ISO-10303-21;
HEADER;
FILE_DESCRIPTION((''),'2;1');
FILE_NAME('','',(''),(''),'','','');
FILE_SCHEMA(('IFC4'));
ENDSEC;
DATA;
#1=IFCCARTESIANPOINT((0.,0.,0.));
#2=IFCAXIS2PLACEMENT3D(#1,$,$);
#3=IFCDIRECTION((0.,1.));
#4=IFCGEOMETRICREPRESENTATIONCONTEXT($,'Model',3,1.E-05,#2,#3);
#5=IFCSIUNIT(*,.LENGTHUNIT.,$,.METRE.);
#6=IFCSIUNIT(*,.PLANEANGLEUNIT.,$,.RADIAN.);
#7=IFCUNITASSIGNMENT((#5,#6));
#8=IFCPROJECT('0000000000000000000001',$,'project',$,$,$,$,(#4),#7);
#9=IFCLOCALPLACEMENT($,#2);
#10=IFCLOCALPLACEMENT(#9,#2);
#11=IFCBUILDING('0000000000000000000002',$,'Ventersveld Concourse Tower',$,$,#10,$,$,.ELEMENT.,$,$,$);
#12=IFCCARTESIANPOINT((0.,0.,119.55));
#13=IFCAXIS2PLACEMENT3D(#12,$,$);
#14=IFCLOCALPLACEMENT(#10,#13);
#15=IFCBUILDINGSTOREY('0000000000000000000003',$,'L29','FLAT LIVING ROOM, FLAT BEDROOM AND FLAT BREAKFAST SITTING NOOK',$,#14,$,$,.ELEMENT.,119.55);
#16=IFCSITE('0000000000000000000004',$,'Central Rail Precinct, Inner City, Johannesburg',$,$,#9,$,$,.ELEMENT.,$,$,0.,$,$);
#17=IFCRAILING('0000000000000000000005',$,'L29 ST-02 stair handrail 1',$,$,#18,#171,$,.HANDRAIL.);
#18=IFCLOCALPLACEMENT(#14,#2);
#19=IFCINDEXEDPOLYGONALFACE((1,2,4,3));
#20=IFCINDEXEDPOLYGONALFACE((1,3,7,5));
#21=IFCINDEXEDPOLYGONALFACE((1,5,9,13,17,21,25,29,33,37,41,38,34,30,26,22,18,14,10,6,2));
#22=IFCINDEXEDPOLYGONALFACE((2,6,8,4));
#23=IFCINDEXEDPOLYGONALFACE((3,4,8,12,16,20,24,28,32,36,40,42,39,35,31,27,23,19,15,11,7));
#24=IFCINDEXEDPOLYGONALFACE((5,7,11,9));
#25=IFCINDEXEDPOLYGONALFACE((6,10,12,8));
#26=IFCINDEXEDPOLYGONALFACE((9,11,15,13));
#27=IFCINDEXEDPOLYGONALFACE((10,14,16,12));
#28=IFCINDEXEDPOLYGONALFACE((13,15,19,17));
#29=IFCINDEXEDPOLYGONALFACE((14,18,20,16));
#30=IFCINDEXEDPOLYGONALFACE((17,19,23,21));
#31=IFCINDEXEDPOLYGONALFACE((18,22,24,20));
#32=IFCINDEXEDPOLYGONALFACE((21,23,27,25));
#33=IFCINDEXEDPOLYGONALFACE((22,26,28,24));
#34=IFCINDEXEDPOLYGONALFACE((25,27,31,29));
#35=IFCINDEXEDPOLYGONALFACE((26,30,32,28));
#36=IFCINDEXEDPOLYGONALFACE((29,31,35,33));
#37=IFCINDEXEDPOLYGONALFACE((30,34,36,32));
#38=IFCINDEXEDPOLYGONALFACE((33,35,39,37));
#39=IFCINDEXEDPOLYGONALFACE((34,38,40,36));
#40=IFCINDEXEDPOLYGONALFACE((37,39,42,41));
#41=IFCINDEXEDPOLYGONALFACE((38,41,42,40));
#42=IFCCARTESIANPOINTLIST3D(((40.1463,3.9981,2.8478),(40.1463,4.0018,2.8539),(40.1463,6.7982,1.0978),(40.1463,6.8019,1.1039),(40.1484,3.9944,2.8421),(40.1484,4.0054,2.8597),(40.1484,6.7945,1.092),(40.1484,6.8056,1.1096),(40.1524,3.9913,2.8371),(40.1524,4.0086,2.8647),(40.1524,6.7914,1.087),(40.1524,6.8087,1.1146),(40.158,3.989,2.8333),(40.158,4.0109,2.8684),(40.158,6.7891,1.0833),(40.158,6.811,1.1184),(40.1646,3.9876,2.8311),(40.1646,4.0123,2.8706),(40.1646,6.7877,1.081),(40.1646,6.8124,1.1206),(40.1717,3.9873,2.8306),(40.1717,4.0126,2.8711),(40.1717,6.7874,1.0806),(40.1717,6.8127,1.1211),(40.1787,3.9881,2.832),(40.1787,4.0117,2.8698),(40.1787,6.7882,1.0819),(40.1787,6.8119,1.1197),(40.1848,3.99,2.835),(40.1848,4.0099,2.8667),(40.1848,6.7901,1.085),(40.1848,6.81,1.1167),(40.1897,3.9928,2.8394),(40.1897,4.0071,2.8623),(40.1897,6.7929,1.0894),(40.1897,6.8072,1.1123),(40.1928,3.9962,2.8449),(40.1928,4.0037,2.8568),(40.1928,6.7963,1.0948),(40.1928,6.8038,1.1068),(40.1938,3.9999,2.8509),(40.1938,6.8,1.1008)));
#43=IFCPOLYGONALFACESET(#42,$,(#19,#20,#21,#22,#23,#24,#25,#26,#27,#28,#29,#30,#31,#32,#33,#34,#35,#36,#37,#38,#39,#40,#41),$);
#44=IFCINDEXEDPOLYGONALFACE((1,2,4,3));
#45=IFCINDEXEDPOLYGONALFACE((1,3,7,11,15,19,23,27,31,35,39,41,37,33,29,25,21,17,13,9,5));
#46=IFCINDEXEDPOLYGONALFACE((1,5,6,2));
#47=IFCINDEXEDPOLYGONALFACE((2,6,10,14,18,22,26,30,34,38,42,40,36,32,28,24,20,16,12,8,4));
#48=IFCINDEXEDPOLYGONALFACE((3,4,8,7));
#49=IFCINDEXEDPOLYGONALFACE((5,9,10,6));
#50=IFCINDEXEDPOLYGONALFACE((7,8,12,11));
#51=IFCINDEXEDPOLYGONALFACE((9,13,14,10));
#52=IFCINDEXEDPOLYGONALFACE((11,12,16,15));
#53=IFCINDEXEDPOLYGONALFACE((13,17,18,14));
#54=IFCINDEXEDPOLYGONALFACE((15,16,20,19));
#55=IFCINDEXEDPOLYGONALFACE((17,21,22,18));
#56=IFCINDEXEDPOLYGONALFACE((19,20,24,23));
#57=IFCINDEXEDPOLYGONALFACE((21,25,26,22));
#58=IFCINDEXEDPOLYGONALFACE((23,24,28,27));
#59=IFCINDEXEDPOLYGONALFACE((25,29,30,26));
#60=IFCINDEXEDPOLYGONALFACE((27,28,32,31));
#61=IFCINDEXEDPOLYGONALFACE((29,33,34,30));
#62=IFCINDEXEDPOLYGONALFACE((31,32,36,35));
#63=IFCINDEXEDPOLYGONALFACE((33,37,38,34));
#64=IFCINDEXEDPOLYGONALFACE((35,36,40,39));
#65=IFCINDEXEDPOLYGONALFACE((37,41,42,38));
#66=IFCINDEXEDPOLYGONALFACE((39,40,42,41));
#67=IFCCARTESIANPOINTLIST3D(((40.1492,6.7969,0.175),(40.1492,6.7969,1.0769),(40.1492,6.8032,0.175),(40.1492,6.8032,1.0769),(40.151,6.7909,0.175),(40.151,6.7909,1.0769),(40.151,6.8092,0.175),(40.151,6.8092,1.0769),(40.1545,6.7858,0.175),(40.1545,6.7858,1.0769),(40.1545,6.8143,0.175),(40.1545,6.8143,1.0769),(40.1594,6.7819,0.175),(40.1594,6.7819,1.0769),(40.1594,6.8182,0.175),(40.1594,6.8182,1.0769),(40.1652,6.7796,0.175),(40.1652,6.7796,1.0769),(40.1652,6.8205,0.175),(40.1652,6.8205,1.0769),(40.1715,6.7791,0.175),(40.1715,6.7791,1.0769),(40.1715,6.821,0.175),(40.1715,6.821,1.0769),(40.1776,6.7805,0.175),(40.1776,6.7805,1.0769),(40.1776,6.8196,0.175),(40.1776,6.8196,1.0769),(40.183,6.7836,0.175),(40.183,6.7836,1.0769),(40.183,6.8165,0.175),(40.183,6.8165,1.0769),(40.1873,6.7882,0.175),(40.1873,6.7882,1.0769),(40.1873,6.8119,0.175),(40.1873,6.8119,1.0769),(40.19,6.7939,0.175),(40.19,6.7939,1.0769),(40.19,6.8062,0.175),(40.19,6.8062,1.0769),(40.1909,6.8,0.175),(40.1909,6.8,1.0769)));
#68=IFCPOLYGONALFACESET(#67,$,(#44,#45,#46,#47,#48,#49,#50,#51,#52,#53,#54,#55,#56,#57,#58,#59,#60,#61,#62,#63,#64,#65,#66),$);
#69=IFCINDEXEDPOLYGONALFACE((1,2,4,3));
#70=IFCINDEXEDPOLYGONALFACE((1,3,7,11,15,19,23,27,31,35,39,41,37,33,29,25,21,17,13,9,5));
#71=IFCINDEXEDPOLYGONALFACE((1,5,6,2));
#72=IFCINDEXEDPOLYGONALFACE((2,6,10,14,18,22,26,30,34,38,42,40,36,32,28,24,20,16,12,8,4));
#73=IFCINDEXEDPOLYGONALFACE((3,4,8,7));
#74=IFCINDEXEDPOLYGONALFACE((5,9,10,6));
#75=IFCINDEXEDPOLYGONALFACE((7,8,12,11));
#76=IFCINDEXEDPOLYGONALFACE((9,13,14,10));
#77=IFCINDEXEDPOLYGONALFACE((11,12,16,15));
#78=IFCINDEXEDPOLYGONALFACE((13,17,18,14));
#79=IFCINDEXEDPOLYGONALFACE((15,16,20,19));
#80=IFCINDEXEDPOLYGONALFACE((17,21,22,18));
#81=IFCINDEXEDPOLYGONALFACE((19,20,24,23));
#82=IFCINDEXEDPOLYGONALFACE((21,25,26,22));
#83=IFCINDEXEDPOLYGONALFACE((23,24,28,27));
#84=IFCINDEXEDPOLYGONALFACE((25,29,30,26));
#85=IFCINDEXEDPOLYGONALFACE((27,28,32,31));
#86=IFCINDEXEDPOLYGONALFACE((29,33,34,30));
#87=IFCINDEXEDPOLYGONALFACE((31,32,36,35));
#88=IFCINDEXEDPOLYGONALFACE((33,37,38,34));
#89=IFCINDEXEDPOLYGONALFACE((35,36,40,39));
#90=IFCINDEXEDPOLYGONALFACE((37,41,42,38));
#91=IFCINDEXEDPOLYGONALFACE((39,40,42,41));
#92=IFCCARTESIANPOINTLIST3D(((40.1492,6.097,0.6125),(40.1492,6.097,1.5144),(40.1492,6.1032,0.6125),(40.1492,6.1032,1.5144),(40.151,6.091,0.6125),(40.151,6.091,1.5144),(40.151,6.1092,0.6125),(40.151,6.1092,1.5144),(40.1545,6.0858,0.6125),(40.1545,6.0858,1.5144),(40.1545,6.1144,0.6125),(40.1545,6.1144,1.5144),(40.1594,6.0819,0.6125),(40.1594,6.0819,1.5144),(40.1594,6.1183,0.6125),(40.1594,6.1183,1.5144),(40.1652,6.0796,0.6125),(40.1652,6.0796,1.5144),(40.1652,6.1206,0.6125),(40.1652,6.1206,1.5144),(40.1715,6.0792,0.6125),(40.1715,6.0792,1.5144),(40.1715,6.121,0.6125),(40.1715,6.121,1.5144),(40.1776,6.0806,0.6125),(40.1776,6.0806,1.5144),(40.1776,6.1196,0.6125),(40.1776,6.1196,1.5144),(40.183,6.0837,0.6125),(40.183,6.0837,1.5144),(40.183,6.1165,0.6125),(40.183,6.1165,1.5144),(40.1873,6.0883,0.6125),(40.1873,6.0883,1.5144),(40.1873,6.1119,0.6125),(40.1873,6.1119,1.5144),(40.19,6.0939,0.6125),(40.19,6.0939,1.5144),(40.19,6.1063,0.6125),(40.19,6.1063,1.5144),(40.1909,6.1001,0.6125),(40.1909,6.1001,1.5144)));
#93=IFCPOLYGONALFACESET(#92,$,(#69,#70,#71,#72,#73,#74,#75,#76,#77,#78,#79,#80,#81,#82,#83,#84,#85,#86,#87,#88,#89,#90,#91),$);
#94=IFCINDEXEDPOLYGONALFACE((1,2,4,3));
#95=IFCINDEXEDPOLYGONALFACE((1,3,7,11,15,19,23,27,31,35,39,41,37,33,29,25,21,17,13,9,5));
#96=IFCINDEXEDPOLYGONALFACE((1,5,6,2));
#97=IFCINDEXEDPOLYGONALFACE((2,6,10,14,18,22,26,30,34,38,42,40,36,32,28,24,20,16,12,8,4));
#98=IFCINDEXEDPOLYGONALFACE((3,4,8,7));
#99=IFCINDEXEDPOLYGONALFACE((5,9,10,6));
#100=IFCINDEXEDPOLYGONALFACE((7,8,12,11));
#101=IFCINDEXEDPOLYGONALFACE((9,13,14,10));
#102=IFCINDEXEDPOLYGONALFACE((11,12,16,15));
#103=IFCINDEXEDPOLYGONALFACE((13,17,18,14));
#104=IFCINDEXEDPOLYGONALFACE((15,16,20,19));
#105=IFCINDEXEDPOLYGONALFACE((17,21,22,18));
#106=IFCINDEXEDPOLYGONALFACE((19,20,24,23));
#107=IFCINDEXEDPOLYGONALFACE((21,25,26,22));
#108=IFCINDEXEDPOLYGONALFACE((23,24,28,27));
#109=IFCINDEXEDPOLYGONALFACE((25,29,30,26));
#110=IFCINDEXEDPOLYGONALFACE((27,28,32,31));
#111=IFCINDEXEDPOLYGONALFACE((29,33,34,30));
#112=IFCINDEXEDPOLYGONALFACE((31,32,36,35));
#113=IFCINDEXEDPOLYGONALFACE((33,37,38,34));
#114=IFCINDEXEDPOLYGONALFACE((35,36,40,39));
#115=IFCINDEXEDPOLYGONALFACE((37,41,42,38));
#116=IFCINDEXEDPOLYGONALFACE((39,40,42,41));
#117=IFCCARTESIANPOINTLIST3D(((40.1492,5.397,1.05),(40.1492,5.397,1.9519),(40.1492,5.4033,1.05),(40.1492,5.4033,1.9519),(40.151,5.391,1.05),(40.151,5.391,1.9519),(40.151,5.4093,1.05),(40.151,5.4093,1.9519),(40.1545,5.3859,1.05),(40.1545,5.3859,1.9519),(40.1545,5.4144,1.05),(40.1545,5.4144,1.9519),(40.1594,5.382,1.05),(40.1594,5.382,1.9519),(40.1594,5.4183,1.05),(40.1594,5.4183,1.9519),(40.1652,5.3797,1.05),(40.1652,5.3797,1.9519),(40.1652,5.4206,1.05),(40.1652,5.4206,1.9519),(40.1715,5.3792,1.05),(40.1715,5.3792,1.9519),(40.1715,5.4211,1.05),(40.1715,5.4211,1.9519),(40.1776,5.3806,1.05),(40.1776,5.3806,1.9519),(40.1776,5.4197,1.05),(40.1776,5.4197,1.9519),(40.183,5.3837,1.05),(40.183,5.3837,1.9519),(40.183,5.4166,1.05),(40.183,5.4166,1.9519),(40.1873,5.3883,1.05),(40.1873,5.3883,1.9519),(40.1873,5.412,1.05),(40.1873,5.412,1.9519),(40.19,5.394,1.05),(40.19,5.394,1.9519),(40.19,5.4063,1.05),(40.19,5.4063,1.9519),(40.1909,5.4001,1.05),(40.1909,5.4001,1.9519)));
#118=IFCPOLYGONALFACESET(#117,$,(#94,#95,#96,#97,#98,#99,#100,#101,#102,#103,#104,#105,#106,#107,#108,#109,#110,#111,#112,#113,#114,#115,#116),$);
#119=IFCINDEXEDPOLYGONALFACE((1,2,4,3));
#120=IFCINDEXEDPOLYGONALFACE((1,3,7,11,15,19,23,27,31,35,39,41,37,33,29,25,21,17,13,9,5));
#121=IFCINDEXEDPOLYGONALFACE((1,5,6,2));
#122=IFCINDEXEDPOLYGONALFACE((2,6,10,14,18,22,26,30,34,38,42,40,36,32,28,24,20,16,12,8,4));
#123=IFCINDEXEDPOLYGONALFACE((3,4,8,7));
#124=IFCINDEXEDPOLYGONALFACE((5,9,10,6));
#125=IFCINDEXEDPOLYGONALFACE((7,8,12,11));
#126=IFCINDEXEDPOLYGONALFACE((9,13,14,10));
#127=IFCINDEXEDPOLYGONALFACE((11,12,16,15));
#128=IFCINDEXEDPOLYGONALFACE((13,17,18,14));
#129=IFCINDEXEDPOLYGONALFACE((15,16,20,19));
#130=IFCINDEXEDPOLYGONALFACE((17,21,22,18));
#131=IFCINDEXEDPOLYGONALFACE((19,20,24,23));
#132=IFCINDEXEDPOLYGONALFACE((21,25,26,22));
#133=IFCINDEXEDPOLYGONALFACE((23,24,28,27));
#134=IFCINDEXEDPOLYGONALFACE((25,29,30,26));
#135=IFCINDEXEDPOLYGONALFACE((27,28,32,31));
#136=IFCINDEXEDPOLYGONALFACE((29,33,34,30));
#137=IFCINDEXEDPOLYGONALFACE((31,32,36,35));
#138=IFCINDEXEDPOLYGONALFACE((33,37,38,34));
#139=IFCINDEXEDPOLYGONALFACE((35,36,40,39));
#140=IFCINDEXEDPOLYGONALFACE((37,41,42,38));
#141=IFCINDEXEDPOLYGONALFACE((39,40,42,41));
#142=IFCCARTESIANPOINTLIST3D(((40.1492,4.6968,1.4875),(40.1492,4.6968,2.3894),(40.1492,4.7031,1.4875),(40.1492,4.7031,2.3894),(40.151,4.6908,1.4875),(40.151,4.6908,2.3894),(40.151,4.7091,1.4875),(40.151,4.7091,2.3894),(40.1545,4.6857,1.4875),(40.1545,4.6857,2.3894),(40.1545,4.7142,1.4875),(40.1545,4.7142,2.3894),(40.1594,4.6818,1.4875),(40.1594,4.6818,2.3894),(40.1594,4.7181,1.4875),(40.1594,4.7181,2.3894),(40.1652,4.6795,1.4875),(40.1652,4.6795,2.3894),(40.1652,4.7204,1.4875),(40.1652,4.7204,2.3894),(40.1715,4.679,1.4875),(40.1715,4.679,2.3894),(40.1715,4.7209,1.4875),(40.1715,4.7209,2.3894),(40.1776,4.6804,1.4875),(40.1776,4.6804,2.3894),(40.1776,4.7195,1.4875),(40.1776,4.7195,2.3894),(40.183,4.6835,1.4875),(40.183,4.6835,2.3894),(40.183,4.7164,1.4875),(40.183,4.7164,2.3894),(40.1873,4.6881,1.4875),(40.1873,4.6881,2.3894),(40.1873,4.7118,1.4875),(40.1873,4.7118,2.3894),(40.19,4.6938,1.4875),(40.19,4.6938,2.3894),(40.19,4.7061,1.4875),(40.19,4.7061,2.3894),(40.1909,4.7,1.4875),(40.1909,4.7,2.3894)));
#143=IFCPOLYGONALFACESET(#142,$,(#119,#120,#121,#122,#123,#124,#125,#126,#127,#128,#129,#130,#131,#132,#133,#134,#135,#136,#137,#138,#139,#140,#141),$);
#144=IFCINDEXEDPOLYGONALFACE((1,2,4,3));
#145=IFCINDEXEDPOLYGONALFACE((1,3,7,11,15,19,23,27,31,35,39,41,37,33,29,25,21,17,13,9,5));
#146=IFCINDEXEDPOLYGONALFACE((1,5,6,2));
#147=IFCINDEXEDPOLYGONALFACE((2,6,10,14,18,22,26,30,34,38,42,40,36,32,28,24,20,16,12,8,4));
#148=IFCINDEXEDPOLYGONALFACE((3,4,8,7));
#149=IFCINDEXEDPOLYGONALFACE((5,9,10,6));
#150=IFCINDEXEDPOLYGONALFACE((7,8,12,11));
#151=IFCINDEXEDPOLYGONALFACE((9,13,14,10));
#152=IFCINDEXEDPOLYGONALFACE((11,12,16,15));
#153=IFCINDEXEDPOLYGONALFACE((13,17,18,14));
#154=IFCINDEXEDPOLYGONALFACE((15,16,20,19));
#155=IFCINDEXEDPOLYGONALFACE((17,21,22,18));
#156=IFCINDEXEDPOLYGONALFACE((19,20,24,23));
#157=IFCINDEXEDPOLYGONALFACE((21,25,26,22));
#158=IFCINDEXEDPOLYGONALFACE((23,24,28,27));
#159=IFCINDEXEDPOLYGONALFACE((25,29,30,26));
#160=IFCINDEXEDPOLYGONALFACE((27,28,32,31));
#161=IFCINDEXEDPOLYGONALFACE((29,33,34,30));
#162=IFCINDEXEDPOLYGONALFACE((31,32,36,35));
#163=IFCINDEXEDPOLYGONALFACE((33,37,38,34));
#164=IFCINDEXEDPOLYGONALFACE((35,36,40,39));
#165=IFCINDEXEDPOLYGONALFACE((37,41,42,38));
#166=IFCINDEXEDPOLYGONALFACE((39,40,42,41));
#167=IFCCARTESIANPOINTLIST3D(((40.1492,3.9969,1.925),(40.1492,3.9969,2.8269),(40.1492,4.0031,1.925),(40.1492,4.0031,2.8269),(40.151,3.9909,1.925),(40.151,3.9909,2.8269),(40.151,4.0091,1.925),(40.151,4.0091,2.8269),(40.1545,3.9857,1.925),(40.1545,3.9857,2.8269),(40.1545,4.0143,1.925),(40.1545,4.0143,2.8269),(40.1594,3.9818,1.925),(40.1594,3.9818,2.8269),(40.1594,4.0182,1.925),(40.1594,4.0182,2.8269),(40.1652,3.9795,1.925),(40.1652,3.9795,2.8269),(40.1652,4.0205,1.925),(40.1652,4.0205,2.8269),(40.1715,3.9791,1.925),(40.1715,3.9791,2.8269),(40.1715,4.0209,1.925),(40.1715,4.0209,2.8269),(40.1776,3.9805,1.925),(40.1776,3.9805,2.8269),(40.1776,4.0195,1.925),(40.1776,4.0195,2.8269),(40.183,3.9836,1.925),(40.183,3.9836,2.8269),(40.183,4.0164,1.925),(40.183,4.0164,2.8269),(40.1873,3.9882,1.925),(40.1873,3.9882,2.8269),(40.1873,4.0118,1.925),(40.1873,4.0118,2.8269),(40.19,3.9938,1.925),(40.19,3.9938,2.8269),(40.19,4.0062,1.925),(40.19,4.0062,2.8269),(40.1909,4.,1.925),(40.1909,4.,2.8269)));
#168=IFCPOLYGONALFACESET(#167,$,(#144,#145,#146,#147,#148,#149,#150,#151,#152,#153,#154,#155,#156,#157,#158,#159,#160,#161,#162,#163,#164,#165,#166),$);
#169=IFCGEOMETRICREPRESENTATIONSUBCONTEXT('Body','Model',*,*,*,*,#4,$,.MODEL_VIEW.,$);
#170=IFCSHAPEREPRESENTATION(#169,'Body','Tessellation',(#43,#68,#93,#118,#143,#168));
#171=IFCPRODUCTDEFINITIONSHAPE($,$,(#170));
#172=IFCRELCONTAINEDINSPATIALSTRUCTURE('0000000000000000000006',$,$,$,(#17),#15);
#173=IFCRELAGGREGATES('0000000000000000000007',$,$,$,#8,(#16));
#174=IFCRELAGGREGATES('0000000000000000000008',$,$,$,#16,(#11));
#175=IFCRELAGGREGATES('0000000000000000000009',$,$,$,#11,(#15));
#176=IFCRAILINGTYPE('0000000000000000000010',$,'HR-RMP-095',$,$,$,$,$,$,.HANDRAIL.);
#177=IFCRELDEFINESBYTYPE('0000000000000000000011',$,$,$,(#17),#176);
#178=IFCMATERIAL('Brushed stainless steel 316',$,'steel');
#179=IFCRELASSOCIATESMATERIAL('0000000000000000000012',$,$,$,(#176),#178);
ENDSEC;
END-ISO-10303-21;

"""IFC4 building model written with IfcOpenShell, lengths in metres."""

from ifc_helpers import new_model, si_unit, direction, frame, origin, origin_2d, place, context, subcontext, project, spatial, circle, extrude, material, type_object, element, save


model = new_model("IFC4")

# Units and contexts
model_context = context("Model", 3, precision=1e-05, world=origin(), true_north=direction((0.0, 1.0)))
body_context = subcontext(model_context, "Body", "Model", "MODEL_VIEW")
ifc_project = project(units=[si_unit("LENGTHUNIT", "METRE"), si_unit("PLANEANGLEUNIT", "RADIAN")], contexts=[model_context])

# Site, building, storey
site_placement = place(None, origin())
site = spatial("IfcSite", under=ifc_project, at=site_placement, Name="Central Rail Precinct, Inner City, Johannesburg", CompositionType="ELEMENT", RefElevation=0.0)
building_placement = place(site_placement, origin())
building = spatial("IfcBuilding", under=site, at=building_placement, Name="Ventersveld Concourse Tower", CompositionType="ELEMENT")
storey_placement = place(building_placement, frame((0.0, 0.0, 119.55)))
storey = spatial("IfcBuildingStorey", under=building, at=storey_placement, Name="L29", Description="FLAT LIVING ROOM, FLAT BEDROOM AND FLAT BREAKFAST SITTING NOOK", CompositionType="ELEMENT", Elevation=119.55)

# Railing
ifc_material_1 = material(Name="Brushed stainless steel 316", Category="steel")
railing_type_1 = type_object("IfcRailingType", Name="HR-RMP-095", PredefinedType="HANDRAIL", material=ifc_material_1)
railing_1_placement = place(storey_placement, frame((40.1699, 6.8, 0.175)))
element("IfcRailing", 1, at=railing_1_placement, inside=storey, type_object=railing_type_1, Name="L29 ST-02 stair handrail 1", PredefinedType="HANDRAIL", context=body_context, shape_type="SweptSolid", body=[
    extrude(circle(Radius=0.0239, at=origin_2d()), frame((0.0, 0.0, 0.9258), z_axis=(0.0, -0.848002, 0.529992), x_axis=(1.0, 0.0, 0.0)), (0.0, 0.0, 1.0), 3.302),
    extrude(circle(Radius=0.021, at=origin_2d()), origin(), (0.0, 0.0, 1.0), 0.9019),
    extrude(circle(Radius=0.021, at=origin_2d()), frame((0.0, -0.7, 0.4375)), (0.0, 0.0, 1.0), 0.9019),
    extrude(circle(Radius=0.021, at=origin_2d()), frame((0.0, -1.3999, 0.875)), (0.0, 0.0, 1.0), 0.9019),
    extrude(circle(Radius=0.021, at=origin_2d()), frame((0.0, -2.1001, 1.3125)), (0.0, 0.0, 1.0), 0.9019),
    extrude(circle(Radius=0.021, at=origin_2d()), frame((0.0, -2.8, 1.75)), (0.0, 0.0, 1.0), 0.9019),
])

save(model, "model.ifc")
